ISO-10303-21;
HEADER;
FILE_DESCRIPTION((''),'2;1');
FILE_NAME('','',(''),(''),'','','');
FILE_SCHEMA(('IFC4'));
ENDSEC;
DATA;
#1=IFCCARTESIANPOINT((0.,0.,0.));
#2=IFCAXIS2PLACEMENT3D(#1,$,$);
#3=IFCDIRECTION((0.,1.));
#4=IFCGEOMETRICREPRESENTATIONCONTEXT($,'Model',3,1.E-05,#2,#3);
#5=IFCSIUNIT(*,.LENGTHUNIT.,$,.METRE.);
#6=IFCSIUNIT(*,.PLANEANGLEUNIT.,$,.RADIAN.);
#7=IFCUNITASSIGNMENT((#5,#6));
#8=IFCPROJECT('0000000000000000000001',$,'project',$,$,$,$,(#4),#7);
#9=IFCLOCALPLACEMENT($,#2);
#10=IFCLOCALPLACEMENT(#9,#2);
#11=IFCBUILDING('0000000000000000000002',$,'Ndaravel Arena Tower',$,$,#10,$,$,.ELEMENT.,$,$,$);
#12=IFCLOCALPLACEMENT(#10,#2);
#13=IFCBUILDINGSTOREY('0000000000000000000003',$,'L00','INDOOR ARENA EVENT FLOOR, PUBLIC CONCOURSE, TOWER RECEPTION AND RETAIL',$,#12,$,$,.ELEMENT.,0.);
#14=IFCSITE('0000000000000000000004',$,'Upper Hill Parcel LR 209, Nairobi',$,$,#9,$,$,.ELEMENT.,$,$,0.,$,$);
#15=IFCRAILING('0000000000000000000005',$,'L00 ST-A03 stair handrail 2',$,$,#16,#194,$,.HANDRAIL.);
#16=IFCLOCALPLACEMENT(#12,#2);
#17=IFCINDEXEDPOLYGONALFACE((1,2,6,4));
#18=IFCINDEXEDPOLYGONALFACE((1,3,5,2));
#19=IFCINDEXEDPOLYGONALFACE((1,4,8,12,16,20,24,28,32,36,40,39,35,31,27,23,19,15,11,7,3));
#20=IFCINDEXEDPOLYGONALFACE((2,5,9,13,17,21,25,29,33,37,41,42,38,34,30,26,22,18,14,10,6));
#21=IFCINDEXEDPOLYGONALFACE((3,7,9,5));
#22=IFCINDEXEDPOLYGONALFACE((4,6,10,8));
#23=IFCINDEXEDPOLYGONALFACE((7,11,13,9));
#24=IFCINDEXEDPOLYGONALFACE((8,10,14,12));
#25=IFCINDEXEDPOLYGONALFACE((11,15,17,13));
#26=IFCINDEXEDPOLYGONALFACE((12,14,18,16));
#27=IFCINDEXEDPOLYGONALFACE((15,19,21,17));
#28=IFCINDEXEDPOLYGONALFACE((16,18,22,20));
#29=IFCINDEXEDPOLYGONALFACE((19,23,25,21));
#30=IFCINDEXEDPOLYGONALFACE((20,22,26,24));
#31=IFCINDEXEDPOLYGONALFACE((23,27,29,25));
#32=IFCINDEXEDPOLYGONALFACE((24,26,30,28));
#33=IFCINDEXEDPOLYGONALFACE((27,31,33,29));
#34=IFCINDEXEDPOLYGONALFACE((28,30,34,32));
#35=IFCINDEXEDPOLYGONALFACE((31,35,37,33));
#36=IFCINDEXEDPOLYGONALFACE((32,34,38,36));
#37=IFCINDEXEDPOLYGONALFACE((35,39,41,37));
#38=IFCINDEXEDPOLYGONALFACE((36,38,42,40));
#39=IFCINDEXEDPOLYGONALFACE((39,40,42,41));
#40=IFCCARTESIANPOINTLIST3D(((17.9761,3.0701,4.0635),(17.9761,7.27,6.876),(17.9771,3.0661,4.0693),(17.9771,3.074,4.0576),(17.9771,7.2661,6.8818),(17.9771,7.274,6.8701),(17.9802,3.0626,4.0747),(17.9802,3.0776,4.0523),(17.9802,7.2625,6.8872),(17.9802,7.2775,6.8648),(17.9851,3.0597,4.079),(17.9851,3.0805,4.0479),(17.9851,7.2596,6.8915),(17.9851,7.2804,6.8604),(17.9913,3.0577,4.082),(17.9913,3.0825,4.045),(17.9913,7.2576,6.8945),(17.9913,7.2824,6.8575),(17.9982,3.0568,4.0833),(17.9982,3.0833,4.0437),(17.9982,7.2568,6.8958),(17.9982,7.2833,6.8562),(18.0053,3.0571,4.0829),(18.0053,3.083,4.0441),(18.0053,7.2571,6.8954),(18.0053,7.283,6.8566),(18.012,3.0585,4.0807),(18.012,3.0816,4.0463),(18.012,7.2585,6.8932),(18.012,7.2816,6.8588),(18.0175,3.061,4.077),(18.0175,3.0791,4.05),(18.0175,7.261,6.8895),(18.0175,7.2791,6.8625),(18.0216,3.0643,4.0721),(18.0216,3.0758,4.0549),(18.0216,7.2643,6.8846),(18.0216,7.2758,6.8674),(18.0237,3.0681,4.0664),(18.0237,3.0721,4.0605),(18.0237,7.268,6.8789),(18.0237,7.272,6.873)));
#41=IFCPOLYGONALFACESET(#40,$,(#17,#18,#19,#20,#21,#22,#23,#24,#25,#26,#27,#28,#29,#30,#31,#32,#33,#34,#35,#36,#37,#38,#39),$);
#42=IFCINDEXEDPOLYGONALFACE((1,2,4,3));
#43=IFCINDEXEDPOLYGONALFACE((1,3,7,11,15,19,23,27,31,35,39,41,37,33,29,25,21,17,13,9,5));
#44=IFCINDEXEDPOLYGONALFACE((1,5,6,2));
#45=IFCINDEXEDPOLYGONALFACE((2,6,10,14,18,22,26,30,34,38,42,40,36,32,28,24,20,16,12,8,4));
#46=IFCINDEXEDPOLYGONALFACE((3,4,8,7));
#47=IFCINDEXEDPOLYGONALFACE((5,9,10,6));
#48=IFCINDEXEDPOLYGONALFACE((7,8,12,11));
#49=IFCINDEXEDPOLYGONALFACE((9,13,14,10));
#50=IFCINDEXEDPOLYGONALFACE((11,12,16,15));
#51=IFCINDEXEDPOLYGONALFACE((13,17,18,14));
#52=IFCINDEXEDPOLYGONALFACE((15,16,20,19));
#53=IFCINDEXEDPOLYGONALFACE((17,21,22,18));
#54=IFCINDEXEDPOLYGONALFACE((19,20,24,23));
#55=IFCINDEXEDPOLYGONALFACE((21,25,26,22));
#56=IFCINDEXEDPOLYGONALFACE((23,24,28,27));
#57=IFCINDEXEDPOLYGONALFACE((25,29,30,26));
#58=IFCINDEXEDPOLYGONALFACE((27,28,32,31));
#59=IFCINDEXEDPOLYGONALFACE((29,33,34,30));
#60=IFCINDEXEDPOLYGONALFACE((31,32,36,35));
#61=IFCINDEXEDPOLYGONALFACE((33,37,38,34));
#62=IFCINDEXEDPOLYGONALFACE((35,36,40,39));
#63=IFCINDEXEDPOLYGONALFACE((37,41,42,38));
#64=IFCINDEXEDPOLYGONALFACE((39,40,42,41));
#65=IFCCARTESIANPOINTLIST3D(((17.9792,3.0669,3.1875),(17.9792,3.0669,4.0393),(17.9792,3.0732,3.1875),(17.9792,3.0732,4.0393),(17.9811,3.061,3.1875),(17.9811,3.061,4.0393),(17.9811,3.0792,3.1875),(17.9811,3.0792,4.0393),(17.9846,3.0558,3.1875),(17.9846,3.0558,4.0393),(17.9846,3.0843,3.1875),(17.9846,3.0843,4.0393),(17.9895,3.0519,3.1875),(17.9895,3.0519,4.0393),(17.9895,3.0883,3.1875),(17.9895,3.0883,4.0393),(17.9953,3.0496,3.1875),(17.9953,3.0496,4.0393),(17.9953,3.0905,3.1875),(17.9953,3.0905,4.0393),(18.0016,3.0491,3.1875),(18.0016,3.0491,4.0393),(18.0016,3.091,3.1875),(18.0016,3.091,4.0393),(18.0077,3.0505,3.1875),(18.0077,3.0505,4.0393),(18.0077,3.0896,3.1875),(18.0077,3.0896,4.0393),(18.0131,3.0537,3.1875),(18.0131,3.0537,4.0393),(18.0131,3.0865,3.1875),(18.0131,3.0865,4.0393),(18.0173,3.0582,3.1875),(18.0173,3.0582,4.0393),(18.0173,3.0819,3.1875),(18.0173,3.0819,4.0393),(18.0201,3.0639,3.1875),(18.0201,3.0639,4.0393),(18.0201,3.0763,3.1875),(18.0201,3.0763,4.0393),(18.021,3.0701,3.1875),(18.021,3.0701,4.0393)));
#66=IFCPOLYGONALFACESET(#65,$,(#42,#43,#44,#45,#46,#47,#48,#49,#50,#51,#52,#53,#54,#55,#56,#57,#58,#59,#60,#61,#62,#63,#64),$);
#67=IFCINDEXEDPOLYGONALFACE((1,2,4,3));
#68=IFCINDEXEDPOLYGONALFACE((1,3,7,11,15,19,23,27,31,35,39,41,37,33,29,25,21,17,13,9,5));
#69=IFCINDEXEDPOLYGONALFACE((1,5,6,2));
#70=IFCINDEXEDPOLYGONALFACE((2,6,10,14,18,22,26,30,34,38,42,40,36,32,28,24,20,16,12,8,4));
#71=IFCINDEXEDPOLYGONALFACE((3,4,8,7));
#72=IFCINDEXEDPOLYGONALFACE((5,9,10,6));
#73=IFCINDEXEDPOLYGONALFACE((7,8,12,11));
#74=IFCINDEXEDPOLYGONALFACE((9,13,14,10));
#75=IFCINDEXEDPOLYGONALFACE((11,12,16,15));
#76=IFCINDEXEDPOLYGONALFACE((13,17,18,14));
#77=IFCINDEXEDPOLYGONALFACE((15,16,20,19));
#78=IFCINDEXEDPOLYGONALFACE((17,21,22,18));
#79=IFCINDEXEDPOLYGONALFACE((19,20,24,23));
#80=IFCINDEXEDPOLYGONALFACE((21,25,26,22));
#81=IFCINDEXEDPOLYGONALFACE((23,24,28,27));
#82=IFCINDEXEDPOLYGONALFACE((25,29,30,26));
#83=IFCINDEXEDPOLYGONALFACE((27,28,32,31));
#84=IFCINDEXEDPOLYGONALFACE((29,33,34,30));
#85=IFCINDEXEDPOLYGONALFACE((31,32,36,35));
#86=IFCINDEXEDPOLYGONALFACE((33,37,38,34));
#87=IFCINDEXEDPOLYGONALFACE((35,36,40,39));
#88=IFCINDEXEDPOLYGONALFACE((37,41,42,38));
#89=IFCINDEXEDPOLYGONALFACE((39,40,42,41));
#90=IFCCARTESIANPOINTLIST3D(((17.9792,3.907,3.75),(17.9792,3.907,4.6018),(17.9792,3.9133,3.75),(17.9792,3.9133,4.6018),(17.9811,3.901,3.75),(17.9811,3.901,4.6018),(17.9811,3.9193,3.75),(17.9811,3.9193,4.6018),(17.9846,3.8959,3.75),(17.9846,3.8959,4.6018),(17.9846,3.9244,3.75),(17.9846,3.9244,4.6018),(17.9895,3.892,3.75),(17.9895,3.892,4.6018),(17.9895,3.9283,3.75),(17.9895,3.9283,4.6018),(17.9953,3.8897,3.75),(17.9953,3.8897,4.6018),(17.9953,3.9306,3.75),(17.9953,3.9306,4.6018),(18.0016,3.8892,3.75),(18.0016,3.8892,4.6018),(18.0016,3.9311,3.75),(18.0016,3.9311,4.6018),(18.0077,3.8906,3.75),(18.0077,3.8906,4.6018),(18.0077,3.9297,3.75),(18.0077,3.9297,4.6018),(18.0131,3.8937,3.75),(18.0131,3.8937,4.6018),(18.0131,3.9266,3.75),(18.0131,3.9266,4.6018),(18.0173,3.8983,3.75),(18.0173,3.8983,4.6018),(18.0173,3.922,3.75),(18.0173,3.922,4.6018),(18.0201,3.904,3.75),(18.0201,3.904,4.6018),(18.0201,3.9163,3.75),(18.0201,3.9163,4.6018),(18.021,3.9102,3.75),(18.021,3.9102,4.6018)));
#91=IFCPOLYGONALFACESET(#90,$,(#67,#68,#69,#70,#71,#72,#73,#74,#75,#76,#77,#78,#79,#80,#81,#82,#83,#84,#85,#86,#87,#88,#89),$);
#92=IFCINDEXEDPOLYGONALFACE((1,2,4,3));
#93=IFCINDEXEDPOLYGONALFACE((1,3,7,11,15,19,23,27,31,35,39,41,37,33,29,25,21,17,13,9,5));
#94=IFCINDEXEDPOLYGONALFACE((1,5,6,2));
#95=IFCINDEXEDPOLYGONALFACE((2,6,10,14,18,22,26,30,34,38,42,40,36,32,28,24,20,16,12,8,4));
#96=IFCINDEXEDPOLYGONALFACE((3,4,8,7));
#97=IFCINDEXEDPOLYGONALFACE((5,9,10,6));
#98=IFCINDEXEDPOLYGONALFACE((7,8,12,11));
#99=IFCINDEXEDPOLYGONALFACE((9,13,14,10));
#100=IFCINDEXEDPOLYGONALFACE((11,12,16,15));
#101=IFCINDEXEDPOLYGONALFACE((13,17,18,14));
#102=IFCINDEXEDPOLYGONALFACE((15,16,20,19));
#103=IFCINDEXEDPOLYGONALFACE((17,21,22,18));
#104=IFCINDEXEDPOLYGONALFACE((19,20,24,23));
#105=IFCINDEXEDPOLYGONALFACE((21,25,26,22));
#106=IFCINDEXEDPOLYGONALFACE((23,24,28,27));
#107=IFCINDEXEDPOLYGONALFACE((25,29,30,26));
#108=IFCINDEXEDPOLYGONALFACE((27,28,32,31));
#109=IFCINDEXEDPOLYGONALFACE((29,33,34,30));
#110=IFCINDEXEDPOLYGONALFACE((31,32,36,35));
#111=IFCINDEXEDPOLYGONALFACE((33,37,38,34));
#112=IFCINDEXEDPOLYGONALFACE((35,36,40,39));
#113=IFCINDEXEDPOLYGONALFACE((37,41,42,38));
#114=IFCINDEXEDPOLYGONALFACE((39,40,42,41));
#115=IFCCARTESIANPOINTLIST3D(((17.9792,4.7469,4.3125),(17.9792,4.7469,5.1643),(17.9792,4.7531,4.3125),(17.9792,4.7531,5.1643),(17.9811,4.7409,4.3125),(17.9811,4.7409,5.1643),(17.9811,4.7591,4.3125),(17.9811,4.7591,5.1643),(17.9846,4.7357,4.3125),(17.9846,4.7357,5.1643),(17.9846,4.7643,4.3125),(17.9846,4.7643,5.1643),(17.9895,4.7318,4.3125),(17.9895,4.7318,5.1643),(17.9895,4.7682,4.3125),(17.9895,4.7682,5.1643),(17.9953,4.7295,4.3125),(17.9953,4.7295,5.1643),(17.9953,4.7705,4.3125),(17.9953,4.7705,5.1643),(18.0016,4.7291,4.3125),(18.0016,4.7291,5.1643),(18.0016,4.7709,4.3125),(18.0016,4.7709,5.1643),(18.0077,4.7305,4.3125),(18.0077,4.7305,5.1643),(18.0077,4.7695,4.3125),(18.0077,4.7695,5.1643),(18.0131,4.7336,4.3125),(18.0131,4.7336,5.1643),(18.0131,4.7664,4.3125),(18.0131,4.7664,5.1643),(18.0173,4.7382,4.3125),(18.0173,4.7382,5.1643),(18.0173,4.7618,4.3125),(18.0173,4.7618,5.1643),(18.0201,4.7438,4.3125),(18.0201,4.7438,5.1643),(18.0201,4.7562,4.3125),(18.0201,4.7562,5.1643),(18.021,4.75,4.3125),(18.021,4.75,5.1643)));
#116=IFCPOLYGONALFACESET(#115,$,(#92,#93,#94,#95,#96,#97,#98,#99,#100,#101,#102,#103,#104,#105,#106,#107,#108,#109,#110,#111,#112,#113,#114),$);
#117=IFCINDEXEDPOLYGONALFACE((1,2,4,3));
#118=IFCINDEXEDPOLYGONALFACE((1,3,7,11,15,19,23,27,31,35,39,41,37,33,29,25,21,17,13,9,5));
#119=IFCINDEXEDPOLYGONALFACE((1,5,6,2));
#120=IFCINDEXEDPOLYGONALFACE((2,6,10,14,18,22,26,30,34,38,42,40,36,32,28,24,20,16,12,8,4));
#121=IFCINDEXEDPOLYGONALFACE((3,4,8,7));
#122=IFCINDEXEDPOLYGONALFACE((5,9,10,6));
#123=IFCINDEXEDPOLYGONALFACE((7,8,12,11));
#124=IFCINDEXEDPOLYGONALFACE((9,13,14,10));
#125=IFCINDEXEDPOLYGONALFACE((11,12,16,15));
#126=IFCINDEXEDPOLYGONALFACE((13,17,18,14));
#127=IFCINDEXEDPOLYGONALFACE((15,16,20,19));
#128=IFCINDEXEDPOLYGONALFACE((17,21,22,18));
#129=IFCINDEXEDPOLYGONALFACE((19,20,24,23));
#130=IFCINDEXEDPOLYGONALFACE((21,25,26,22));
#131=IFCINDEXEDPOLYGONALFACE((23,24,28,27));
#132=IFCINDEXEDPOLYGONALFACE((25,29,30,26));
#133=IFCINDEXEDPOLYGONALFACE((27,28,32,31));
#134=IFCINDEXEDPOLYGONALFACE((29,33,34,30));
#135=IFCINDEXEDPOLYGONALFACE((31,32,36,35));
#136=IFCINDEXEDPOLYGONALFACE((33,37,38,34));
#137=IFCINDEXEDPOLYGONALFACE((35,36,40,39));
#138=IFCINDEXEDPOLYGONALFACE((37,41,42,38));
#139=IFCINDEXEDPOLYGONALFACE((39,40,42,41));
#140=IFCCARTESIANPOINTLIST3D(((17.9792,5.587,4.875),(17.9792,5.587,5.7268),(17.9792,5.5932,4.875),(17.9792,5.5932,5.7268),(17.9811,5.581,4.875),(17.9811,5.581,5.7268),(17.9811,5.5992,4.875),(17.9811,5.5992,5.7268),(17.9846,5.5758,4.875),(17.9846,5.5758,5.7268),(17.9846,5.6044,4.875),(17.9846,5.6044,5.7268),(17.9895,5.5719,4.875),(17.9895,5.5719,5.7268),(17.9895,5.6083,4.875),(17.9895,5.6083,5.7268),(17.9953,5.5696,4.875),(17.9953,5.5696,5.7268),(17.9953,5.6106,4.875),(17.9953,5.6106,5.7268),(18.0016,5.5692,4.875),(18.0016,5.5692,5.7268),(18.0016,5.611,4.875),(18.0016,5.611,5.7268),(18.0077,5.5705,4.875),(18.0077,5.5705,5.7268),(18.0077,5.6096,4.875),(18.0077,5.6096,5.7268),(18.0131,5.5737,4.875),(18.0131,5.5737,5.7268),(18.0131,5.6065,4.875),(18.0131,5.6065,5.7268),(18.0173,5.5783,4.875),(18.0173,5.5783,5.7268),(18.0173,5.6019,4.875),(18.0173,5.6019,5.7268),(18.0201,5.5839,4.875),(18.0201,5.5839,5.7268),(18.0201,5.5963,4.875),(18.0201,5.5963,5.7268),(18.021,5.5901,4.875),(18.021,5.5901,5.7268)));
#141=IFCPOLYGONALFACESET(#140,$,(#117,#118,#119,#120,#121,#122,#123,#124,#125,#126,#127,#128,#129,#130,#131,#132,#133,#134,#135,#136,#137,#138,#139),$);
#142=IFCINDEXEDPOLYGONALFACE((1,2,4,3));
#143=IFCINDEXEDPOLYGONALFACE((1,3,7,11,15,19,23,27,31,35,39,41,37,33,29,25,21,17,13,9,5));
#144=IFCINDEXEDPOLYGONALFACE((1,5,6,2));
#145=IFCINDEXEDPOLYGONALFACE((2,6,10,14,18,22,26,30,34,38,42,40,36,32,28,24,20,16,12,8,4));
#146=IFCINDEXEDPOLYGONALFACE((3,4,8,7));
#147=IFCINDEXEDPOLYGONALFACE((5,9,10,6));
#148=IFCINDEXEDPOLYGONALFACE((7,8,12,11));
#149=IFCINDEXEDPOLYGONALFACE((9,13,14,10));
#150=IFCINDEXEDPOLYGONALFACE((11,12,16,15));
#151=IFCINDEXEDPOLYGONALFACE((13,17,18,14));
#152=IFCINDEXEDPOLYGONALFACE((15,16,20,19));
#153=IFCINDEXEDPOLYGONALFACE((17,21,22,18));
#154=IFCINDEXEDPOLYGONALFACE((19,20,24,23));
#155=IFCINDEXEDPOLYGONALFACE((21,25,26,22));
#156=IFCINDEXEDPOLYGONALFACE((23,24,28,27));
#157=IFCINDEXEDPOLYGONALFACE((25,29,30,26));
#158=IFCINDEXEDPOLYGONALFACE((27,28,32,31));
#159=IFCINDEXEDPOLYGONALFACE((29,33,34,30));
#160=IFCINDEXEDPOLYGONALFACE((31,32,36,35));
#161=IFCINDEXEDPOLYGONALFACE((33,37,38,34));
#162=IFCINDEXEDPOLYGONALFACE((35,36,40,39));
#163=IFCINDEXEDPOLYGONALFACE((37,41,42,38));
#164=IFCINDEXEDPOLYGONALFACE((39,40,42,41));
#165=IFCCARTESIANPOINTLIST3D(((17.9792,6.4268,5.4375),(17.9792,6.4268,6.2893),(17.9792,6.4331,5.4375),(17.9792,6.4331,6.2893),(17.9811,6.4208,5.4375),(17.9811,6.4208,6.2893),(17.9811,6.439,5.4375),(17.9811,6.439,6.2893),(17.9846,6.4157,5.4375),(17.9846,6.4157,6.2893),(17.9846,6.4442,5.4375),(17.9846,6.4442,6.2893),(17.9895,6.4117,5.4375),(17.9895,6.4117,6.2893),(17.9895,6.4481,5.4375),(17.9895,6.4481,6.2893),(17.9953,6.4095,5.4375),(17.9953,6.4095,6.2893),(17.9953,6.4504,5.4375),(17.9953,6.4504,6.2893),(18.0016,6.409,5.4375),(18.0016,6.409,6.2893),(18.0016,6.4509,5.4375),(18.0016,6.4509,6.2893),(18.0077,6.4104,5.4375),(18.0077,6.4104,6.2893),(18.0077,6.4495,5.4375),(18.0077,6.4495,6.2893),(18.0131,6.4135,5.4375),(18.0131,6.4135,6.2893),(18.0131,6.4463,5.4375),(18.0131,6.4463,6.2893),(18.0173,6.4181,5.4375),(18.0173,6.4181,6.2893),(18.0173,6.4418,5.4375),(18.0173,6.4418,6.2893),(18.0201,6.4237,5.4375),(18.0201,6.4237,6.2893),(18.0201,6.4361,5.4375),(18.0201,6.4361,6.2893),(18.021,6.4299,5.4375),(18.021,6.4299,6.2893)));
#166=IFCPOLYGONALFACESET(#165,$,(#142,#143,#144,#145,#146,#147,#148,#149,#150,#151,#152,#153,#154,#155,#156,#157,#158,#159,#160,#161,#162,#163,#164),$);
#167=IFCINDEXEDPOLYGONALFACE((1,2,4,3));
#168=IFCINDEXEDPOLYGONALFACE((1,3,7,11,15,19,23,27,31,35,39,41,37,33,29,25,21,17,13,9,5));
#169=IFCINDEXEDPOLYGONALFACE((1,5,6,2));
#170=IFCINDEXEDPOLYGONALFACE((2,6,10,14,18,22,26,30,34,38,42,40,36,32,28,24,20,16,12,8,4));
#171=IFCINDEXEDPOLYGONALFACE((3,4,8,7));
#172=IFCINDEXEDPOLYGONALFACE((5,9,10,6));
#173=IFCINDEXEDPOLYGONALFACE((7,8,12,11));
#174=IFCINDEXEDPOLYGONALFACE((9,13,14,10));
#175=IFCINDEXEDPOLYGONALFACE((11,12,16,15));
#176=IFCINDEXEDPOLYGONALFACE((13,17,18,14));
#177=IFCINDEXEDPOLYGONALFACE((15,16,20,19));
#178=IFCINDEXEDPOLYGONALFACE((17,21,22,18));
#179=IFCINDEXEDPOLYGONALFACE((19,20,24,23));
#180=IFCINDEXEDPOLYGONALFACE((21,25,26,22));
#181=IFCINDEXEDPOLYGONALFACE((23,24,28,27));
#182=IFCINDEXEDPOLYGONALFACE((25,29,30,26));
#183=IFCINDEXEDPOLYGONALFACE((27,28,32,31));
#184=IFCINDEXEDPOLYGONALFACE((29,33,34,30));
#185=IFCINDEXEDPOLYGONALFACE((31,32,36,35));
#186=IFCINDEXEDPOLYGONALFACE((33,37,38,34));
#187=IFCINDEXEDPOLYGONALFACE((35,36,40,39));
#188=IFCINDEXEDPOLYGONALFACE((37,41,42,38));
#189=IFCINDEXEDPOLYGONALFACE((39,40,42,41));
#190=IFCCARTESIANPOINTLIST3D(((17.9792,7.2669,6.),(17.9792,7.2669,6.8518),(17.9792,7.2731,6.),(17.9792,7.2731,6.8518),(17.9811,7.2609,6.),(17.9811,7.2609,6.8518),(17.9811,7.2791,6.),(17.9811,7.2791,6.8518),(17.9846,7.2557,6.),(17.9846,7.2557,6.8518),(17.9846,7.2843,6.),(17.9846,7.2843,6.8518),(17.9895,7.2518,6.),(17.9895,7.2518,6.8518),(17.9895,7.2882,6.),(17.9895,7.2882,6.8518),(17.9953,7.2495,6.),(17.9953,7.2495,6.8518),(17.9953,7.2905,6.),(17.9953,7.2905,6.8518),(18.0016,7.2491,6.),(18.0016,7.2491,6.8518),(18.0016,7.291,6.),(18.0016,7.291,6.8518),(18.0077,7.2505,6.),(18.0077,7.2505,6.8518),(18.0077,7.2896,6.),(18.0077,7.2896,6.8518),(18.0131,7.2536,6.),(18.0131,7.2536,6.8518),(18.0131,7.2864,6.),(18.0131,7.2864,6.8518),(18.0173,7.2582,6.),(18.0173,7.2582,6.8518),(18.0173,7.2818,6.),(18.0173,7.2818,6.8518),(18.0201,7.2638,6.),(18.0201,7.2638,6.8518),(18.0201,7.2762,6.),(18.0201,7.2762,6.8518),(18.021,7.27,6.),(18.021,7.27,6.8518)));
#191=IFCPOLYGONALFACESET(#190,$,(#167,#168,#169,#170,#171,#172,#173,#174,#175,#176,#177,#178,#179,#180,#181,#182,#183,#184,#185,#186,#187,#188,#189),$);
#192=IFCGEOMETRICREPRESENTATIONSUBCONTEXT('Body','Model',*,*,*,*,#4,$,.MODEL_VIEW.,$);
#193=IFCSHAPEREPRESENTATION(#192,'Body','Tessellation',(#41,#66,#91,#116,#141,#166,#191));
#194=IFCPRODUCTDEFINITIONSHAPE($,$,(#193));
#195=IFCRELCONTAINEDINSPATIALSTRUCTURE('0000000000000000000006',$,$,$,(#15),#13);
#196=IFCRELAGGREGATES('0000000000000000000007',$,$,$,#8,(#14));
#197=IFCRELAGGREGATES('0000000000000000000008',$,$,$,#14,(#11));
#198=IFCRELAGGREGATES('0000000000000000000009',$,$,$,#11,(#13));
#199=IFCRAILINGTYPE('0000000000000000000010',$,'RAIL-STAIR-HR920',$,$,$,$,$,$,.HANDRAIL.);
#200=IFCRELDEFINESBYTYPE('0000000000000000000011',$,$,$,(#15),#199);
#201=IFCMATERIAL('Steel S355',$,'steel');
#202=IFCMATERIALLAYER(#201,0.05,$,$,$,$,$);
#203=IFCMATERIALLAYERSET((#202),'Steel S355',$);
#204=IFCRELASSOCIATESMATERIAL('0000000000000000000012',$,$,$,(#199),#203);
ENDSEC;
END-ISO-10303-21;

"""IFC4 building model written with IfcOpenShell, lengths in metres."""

from ifc_helpers import new_model, si_unit, direction, frame, origin, origin_2d, place, context, subcontext, project, spatial, circle, extrude, material, layer, layer_set, type_object, element, save


model = new_model("IFC4")

# Units and contexts
model_context = context("Model", 3, precision=1e-05, world=origin(), true_north=direction((0.0, 1.0)))
body_context = subcontext(model_context, "Body", "Model", "MODEL_VIEW")
ifc_project = project(units=[si_unit("LENGTHUNIT", "METRE"), si_unit("PLANEANGLEUNIT", "RADIAN")], contexts=[model_context])

# Site, building, storey
site_placement = place(None, origin())
site = spatial("IfcSite", under=ifc_project, at=site_placement, Name="Upper Hill Parcel LR 209, Nairobi", CompositionType="ELEMENT", RefElevation=0.0)
building_placement = place(site_placement, origin())
building = spatial("IfcBuilding", under=site, at=building_placement, Name="Ndaravel Arena Tower", CompositionType="ELEMENT")
storey_placement = place(building_placement, origin())
storey = spatial("IfcBuildingStorey", under=building, at=storey_placement, Name="L00", Description="INDOOR ARENA EVENT FLOOR, PUBLIC CONCOURSE, TOWER RECEPTION AND RETAIL", CompositionType="ELEMENT", Elevation=0.0)

# Railing
ifc_material_1 = material(Name="Steel S355", Category="steel")
ifc_layer_1 = layer(ifc_material_1, 0.05)
ifc_layer_set_1 = layer_set([ifc_layer_1], Name="Steel S355")
railing_type_1 = type_object("IfcRailingType", Name="RAIL-STAIR-HR920", PredefinedType="HANDRAIL", material=ifc_layer_set_1)
railing_1_placement = place(storey_placement, frame((18.0, 3.0701, 3.1875)))
element("IfcRailing", 1, at=railing_1_placement, inside=storey, type_object=railing_type_1, Name="L00 ST-A03 stair handrail 2", PredefinedType="HANDRAIL", context=body_context, shape_type="SweptSolid", body=[
    extrude(circle(Radius=0.0239, at=origin_2d()), frame((0.0, 0.0, 0.876), z_axis=(0.0, 0.830904, 0.556416), x_axis=(-1.0, 0.0, 0.0)), (0.0, 0.0, 1.0), 5.0547),
    extrude(circle(Radius=0.021, at=origin_2d()), origin(), (0.0, 0.0, 1.0), 0.8518),
    extrude(circle(Radius=0.021, at=origin_2d()), frame((0.0, 0.8401, 0.5625)), (0.0, 0.0, 1.0), 0.8518),
    extrude(circle(Radius=0.021, at=origin_2d()), frame((0.0, 1.6799, 1.125)), (0.0, 0.0, 1.0), 0.8518),
    extrude(circle(Radius=0.021, at=origin_2d()), frame((0.0, 2.52, 1.6875)), (0.0, 0.0, 1.0), 0.8518),
    extrude(circle(Radius=0.021, at=origin_2d()), frame((0.0, 3.3599, 2.25)), (0.0, 0.0, 1.0), 0.8518),
    extrude(circle(Radius=0.021, at=origin_2d()), frame((0.0, 4.2, 2.8125)), (0.0, 0.0, 1.0), 0.8518),
])

save(model, "model.ifc")
